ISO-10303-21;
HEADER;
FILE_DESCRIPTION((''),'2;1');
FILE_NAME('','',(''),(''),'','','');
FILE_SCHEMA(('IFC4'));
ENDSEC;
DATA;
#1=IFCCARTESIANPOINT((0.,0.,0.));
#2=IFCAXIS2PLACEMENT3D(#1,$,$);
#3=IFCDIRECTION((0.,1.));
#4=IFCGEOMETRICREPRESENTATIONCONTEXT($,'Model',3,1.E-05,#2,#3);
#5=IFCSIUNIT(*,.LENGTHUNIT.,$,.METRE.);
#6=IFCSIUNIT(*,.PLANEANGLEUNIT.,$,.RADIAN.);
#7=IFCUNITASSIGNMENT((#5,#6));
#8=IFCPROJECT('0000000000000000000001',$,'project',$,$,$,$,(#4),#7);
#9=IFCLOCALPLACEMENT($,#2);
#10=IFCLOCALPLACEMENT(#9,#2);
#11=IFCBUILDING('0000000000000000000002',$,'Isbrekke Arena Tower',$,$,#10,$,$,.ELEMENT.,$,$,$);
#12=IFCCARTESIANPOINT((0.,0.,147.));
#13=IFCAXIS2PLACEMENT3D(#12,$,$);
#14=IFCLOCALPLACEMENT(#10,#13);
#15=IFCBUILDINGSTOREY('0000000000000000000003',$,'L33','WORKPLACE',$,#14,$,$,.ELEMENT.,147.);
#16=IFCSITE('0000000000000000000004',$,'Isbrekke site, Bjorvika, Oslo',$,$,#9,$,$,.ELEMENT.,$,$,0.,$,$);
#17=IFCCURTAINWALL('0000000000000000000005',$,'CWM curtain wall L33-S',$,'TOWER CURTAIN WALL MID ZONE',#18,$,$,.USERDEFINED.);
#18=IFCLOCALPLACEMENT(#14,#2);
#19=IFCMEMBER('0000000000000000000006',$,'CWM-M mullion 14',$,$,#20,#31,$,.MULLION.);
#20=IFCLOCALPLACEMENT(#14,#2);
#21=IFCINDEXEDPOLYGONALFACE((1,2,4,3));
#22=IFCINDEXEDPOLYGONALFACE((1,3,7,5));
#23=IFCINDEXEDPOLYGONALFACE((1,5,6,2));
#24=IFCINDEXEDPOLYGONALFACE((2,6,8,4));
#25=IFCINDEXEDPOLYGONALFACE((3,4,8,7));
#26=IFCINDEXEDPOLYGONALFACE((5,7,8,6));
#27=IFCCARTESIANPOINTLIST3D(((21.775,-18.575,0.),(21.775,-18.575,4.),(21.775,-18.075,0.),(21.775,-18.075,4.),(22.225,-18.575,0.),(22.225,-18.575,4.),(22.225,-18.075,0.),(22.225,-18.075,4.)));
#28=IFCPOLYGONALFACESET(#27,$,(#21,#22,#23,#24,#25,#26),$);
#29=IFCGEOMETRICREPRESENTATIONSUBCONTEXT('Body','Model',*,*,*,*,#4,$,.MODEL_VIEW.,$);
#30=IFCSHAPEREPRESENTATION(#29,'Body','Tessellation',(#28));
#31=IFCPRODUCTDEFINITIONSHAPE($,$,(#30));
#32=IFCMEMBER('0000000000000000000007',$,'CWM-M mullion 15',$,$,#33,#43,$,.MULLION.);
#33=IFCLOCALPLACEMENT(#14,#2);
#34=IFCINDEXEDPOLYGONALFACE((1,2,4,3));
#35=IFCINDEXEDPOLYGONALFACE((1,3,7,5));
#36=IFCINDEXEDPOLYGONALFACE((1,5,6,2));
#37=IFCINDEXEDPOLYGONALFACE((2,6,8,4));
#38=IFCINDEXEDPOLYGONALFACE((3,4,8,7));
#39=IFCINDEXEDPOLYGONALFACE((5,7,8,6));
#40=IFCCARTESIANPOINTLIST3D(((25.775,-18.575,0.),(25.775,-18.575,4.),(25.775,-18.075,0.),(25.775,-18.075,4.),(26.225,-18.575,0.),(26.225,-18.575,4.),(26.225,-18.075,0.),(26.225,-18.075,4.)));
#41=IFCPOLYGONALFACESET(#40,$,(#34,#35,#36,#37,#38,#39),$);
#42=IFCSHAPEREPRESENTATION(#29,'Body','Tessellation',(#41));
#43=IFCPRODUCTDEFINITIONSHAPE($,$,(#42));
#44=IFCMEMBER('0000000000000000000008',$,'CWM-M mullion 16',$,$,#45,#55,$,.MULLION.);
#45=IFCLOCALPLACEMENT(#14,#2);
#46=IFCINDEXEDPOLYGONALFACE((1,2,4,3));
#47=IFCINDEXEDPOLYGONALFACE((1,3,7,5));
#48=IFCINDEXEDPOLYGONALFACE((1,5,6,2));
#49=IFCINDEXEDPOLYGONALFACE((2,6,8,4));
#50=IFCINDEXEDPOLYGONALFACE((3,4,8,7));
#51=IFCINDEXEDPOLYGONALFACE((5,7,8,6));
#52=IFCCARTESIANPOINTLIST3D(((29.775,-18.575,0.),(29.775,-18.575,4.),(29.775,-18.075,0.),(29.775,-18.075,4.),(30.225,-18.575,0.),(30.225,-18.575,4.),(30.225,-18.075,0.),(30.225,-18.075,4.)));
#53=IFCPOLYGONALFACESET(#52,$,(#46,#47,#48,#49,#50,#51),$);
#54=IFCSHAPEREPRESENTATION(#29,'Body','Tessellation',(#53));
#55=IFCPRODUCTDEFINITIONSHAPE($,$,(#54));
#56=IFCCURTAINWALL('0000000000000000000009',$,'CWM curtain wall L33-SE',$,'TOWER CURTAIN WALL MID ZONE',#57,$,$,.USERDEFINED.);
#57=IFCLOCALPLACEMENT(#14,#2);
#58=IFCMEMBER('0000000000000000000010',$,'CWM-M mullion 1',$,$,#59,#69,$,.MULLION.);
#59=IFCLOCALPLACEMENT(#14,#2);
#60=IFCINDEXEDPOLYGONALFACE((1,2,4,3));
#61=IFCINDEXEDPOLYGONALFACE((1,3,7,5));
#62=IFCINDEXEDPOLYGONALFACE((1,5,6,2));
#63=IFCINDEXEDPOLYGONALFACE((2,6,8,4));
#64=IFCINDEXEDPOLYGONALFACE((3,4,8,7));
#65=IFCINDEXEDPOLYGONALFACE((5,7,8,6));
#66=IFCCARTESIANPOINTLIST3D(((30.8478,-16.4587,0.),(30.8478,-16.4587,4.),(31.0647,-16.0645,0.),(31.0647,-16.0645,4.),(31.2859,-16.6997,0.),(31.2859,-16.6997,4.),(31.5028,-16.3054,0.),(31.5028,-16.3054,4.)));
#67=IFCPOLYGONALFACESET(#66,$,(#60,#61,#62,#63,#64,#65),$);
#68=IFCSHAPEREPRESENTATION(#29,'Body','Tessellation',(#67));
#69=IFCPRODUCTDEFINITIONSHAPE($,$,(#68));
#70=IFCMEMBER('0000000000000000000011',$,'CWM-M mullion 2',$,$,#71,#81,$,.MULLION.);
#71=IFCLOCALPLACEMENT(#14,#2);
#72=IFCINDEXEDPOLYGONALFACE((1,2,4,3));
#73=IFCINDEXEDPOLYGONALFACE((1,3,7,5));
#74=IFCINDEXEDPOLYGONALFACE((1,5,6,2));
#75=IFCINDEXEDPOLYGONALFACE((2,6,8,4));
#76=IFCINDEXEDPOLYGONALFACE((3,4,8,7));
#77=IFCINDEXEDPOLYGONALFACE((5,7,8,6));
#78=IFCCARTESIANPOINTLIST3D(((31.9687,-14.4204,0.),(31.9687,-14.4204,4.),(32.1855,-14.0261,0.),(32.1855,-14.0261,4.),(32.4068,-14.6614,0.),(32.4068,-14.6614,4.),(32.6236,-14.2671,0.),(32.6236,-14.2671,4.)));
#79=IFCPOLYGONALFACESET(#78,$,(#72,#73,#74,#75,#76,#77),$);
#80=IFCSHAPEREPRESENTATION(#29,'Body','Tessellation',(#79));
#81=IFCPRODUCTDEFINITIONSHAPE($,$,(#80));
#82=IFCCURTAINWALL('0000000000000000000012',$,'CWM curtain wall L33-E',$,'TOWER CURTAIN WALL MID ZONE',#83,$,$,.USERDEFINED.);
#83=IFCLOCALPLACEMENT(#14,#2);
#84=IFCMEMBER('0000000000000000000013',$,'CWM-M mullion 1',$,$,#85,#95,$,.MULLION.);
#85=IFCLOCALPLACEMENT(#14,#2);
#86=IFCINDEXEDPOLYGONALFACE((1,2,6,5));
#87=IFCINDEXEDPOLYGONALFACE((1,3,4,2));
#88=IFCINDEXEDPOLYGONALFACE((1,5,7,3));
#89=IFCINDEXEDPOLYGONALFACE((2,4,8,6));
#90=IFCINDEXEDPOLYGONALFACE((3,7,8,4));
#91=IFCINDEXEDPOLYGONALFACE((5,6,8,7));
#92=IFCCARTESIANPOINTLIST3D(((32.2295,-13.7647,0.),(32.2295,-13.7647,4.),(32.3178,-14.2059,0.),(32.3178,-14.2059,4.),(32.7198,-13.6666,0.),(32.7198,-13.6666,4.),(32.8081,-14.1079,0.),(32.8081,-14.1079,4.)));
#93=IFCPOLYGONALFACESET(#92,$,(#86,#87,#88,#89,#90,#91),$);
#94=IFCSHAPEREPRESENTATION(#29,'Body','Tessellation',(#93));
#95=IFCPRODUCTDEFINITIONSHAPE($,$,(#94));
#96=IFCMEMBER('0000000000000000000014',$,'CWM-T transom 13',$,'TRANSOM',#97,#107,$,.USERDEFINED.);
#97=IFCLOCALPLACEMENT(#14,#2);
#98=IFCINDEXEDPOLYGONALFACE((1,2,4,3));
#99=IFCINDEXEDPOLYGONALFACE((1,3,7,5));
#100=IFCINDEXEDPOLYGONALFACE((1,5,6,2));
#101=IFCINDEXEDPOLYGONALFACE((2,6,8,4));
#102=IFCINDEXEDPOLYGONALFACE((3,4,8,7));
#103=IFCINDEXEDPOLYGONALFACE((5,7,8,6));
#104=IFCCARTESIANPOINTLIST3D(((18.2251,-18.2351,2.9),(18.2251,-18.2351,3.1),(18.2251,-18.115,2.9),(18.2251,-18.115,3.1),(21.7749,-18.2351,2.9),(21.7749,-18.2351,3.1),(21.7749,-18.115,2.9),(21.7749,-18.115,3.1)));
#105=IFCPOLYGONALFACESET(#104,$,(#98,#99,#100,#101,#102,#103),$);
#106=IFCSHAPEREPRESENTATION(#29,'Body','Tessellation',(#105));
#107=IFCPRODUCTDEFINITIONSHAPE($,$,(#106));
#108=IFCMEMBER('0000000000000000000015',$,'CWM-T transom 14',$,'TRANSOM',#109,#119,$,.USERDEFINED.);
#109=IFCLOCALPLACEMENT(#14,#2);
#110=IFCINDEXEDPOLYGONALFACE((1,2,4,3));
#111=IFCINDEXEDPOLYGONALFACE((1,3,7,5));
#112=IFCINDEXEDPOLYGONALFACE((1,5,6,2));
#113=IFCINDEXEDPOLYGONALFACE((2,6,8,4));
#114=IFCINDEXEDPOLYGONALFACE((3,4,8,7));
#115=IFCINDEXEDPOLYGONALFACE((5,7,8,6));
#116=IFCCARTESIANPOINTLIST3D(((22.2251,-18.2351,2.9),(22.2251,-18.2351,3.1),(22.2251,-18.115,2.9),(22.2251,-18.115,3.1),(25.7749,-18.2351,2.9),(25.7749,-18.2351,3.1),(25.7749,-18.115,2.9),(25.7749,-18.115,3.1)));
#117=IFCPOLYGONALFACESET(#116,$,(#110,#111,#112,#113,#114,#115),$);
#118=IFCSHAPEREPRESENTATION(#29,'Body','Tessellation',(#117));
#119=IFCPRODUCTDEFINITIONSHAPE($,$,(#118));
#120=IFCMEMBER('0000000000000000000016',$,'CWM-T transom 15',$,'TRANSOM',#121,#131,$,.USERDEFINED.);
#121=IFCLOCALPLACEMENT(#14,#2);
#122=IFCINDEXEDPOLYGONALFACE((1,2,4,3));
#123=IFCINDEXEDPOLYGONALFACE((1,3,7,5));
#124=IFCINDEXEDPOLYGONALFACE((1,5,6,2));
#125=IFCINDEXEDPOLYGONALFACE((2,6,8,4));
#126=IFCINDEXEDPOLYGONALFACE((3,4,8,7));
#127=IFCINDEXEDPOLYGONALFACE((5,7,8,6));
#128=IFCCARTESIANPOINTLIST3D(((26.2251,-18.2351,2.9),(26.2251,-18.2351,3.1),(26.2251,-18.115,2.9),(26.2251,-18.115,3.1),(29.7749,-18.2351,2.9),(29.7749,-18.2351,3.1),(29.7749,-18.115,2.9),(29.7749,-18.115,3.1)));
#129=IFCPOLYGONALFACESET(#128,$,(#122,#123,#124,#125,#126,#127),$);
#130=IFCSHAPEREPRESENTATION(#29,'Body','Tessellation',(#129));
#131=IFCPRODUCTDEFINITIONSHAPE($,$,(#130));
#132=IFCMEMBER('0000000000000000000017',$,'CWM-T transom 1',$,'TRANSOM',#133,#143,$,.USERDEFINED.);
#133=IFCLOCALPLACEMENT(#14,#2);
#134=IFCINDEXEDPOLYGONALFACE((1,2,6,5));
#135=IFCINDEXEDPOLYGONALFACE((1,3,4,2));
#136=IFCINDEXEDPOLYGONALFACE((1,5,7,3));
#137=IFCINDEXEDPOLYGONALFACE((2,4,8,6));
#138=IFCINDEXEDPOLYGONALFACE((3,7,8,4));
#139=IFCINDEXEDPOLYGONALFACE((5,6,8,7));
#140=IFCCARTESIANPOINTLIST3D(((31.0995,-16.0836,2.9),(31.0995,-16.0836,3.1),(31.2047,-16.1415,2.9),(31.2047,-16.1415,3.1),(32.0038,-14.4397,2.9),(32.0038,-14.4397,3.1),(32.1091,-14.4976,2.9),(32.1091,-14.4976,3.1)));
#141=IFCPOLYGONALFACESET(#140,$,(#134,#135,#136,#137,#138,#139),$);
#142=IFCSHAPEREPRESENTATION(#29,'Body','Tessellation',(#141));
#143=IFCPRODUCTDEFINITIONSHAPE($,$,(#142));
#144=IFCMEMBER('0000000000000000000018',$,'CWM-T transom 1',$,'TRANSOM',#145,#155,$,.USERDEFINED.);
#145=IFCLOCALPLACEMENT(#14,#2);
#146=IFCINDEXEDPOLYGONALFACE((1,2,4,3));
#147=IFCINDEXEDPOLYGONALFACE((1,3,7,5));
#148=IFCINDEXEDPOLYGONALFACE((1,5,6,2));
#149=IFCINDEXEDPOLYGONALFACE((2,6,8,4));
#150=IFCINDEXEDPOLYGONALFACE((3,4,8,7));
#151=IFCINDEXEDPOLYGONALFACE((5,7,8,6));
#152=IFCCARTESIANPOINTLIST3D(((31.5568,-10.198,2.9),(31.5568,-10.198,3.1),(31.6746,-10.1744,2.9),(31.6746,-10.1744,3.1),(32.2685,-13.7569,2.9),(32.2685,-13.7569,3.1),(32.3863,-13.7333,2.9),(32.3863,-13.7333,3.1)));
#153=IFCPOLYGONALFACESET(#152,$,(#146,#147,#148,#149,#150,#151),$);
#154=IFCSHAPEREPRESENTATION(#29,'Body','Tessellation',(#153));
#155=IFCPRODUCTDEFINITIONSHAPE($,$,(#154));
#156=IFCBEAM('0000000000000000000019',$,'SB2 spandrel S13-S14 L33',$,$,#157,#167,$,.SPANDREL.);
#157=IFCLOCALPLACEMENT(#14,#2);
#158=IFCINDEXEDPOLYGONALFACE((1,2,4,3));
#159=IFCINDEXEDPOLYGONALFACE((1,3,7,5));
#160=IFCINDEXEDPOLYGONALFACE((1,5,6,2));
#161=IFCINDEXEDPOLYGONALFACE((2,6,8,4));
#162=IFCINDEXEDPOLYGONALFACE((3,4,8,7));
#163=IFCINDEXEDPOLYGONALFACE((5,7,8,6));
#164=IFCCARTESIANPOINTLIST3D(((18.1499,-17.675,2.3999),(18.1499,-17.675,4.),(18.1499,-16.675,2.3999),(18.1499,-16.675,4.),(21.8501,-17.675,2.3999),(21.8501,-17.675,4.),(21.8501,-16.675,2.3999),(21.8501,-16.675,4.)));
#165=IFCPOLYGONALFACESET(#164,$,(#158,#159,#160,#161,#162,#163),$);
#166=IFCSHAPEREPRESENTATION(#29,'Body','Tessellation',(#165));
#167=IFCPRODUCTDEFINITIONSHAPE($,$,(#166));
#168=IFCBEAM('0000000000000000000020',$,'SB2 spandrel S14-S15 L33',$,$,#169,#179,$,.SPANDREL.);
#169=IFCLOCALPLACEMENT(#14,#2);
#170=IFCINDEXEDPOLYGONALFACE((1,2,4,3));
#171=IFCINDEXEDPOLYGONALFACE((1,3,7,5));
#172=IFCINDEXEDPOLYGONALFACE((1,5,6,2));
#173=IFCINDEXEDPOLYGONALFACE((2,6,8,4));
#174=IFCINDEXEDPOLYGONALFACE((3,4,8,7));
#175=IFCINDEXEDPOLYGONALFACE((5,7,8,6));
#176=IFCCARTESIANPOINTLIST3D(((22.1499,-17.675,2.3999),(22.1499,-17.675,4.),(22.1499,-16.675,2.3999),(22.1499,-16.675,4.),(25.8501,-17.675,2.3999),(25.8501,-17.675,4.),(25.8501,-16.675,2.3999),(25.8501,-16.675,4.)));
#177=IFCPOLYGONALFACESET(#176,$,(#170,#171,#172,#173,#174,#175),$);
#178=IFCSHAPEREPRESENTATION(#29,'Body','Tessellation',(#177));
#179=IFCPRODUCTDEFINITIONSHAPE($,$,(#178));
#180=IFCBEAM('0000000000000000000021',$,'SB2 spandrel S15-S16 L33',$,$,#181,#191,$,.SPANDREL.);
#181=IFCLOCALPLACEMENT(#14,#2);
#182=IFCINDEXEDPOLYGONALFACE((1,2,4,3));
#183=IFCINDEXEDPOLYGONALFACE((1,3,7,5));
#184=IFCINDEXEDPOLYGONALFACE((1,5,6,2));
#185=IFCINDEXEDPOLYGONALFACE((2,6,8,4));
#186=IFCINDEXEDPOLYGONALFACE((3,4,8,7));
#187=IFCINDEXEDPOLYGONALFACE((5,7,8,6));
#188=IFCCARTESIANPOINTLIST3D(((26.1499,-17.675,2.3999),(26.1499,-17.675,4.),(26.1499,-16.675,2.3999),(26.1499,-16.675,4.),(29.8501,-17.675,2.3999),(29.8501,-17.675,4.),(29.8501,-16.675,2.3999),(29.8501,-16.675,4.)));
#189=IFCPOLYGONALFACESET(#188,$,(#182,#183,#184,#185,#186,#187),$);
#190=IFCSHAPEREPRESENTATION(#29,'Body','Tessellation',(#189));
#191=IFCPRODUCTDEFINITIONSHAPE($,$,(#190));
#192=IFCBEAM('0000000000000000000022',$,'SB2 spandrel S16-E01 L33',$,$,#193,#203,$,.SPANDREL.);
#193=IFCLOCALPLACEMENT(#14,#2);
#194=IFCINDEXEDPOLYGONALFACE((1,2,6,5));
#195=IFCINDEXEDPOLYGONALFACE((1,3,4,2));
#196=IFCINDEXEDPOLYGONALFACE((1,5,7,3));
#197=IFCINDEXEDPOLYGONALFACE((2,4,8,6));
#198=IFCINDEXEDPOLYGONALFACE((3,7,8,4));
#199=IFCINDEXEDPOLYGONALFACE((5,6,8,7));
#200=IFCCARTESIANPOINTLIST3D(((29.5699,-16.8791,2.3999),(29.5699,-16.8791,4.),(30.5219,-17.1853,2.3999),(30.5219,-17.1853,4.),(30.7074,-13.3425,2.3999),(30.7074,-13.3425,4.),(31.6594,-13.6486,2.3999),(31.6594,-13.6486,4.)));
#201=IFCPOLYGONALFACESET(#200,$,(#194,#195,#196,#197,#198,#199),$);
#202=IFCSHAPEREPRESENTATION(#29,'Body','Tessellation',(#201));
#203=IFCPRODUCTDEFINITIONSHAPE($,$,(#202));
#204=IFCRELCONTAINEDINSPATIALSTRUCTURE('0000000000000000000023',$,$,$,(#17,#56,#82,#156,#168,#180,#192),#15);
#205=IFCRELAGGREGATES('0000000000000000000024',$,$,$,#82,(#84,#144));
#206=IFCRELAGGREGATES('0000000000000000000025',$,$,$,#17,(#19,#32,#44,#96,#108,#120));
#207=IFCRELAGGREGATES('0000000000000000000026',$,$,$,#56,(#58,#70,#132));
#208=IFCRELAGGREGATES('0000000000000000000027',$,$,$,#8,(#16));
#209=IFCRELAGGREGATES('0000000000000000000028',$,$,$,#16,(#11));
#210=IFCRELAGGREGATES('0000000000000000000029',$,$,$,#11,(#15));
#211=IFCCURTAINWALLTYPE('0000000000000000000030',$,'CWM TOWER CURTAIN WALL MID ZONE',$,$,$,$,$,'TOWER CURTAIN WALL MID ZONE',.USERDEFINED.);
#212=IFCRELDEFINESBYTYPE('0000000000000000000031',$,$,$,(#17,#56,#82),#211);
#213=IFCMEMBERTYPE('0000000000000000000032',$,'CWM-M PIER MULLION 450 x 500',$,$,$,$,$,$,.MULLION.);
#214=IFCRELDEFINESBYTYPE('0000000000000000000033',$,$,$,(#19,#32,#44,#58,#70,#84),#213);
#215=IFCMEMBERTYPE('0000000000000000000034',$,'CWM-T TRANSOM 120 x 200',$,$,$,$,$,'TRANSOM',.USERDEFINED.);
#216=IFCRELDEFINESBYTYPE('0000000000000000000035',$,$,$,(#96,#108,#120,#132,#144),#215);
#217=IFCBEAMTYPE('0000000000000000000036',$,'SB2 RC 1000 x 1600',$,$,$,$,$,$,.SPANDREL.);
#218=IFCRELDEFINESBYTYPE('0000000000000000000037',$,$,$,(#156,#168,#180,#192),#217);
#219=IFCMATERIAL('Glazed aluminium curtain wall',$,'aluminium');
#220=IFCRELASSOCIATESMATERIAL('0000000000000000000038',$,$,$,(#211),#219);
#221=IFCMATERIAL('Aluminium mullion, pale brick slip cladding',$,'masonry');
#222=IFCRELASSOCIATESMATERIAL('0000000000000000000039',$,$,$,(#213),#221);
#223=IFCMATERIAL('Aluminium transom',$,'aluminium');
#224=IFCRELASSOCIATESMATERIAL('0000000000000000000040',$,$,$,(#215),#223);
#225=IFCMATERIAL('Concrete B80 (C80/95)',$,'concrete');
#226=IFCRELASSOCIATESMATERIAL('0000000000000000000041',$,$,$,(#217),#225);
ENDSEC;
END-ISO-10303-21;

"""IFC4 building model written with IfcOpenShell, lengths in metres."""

from ifc_helpers import new_model, si_unit, direction, frame, origin, origin_2d, place, context, subcontext, project, spatial, rectangle, extrude, material, material_profile, profile_set, type_object, element, aggregate, save


model = new_model("IFC4")

# Units and contexts
model_context = context("Model", 3, precision=1e-05, world=origin(), true_north=direction((0.0, 1.0)))
body_context = subcontext(model_context, "Body", "Model", "MODEL_VIEW")
ifc_project = project(units=[si_unit("LENGTHUNIT", "METRE"), si_unit("PLANEANGLEUNIT", "RADIAN")], contexts=[model_context])

# Site, building, storey
site_placement = place(None, origin())
site = spatial("IfcSite", under=ifc_project, at=site_placement, Name="Isbrekke site, Bjorvika, Oslo", CompositionType="ELEMENT", RefElevation=0.0)
building_placement = place(site_placement, origin())
building = spatial("IfcBuilding", under=site, at=building_placement, Name="Isbrekke Arena Tower", CompositionType="ELEMENT")
storey_placement = place(building_placement, frame((0.0, 0.0, 147.0)))
storey = spatial("IfcBuildingStorey", under=building, at=storey_placement, Name="L33", Description="WORKPLACE", CompositionType="ELEMENT", Elevation=147.0)

# Curtain walls, members
ifc_material_1 = material(Name="Glazed aluminium curtain wall", Category="aluminium")
curtain_wall_type = type_object("IfcCurtainWallType", Name="CWM TOWER CURTAIN WALL MID ZONE", ElementType="TOWER CURTAIN WALL MID ZONE", PredefinedType="USERDEFINED", material=ifc_material_1)
curtain_wall_1_placement = place(storey_placement, origin())
curtain_wall_1 = element("IfcCurtainWall", 1, at=curtain_wall_1_placement, inside=storey, type_object=curtain_wall_type, Name="CWM curtain wall L33-S", ObjectType="TOWER CURTAIN WALL MID ZONE", PredefinedType="USERDEFINED")
ifc_material_2 = material(Name="Aluminium mullion, pale brick slip cladding", Category="masonry")
ifc_material_profile_1 = material_profile(ifc_material_2, rectangle(XDim=0.45, YDim=0.5, at=origin_2d()), Name="PIER 450X500")
ifc_profile_set_1 = profile_set([ifc_material_profile_1], Name="Aluminium mullion, pale brick slip cladding")
member_type_1 = type_object("IfcMemberType", Name="CWM-M PIER MULLION 450 x 500", PredefinedType="MULLION", material=ifc_profile_set_1)
member_1_placement = place(storey_placement, frame((22.0, -18.325, 0.0), z_axis=(0.0, 0.0, 1.0), x_axis=(1.0, 0.0, 0.0)))
member_1 = element("IfcMember", 2, at=member_1_placement, type_object=member_type_1, Name="CWM-M mullion 14", PredefinedType="MULLION", context=body_context, shape_type="SweptSolid", body=[
    extrude(rectangle(XDim=0.45, YDim=0.5, at=origin_2d()), origin(), (0.0, 0.0, 1.0), 4.0),
])
member_2_placement = place(storey_placement, frame((26.0, -18.325, 0.0), z_axis=(0.0, 0.0, 1.0), x_axis=(1.0, 0.0, 0.0)))
member_2 = element("IfcMember", 3, at=member_2_placement, type_object=member_type_1, Name="CWM-M mullion 15", PredefinedType="MULLION", context=body_context, shape_type="SweptSolid", body=[
    extrude(rectangle(XDim=0.45, YDim=0.5, at=origin_2d()), origin(), (0.0, 0.0, 1.0), 4.0),
])
member_3_placement = place(storey_placement, frame((30.0, -18.325, 0.0), z_axis=(0.0, 0.0, 1.0), x_axis=(1.0, 0.0, 0.0)))
member_3 = element("IfcMember", 4, at=member_3_placement, type_object=member_type_1, Name="CWM-M mullion 16", PredefinedType="MULLION", context=body_context, shape_type="SweptSolid", body=[
    extrude(rectangle(XDim=0.45, YDim=0.5, at=origin_2d()), origin(), (0.0, 0.0, 1.0), 4.0),
])
curtain_wall_2_placement = place(storey_placement, origin())
curtain_wall_2 = element("IfcCurtainWall", 5, at=curtain_wall_2_placement, inside=storey, type_object=curtain_wall_type, Name="CWM curtain wall L33-SE", ObjectType="TOWER CURTAIN WALL MID ZONE", PredefinedType="USERDEFINED")
member_4_placement = place(storey_placement, frame((31.1753, -16.3821, 0.0), z_axis=(0.0, 0.0, 1.0), x_axis=(0.481919, 0.876216, 0.0)))
member_4 = element("IfcMember", 6, at=member_4_placement, type_object=member_type_1, Name="CWM-M mullion 1", PredefinedType="MULLION", context=body_context, shape_type="SweptSolid", body=[
    extrude(rectangle(XDim=0.45, YDim=0.5, at=origin_2d()), origin(), (0.0, 0.0, 1.0), 4.0),
])
member_5_placement = place(storey_placement, frame((32.2961, -14.3438, 0.0), z_axis=(0.0, 0.0, 1.0), x_axis=(0.481919, 0.876216, 0.0)))
member_5 = element("IfcMember", 7, at=member_5_placement, type_object=member_type_1, Name="CWM-M mullion 2", PredefinedType="MULLION", context=body_context, shape_type="SweptSolid", body=[
    extrude(rectangle(XDim=0.45, YDim=0.5, at=origin_2d()), origin(), (0.0, 0.0, 1.0), 4.0),
])

# Curtain wall, member
curtain_wall_3_placement = place(storey_placement, origin())
curtain_wall_3 = element("IfcCurtainWall", 8, at=curtain_wall_3_placement, inside=storey, type_object=curtain_wall_type, Name="CWM curtain wall L33-E", ObjectType="TOWER CURTAIN WALL MID ZONE", PredefinedType="USERDEFINED")
member_6_placement = place(storey_placement, frame((32.5188, -13.9363, 0.0), z_axis=(0.0, 0.0, 1.0), x_axis=(-0.196116, 0.980581, 0.0)))
member_6 = element("IfcMember", 9, at=member_6_placement, type_object=member_type_1, Name="CWM-M mullion 1", PredefinedType="MULLION", context=body_context, shape_type="SweptSolid", body=[
    extrude(rectangle(XDim=0.45, YDim=0.5, at=origin_2d()), origin(), (0.0, 0.0, 1.0), 4.0),
])

# Members
ifc_material_3 = material(Name="Aluminium transom", Category="aluminium")
ifc_material_profile_2 = material_profile(ifc_material_3, rectangle(XDim=0.1201, YDim=0.2, at=origin_2d()), Name="TRANSOM 120X200")
ifc_profile_set_2 = profile_set([ifc_material_profile_2], Name="Aluminium transom")
member_type_2 = type_object("IfcMemberType", Name="CWM-T TRANSOM 120 x 200", ElementType="TRANSOM", PredefinedType="USERDEFINED", material=ifc_profile_set_2)
member_7_placement = place(storey_placement, frame((18.2251, -18.175, 3.0), z_axis=(1.0, 0.0, 0.0), x_axis=(0.0, 1.0, 0.0)))
member_7 = element("IfcMember", 10, at=member_7_placement, type_object=member_type_2, Name="CWM-T transom 13", ObjectType="TRANSOM", PredefinedType="USERDEFINED", context=body_context, shape_type="SweptSolid", body=[
    extrude(rectangle(XDim=0.1201, YDim=0.2, at=origin_2d()), origin(), (0.0, 0.0, 1.0), 3.5498),
])
member_8_placement = place(storey_placement, frame((22.2251, -18.175, 3.0), z_axis=(1.0, 0.0, 0.0), x_axis=(0.0, 1.0, 0.0)))
member_8 = element("IfcMember", 11, at=member_8_placement, type_object=member_type_2, Name="CWM-T transom 14", ObjectType="TRANSOM", PredefinedType="USERDEFINED", context=body_context, shape_type="SweptSolid", body=[
    extrude(rectangle(XDim=0.1201, YDim=0.2, at=origin_2d()), origin(), (0.0, 0.0, 1.0), 3.5498),
])
member_9_placement = place(storey_placement, frame((26.2251, -18.175, 3.0), z_axis=(1.0, 0.0, 0.0), x_axis=(0.0, 1.0, 0.0)))
member_9 = element("IfcMember", 12, at=member_9_placement, type_object=member_type_2, Name="CWM-T transom 15", ObjectType="TRANSOM", PredefinedType="USERDEFINED", context=body_context, shape_type="SweptSolid", body=[
    extrude(rectangle(XDim=0.1201, YDim=0.2, at=origin_2d()), origin(), (0.0, 0.0, 1.0), 3.5498),
])
member_10_placement = place(storey_placement, frame((31.1521, -16.1125, 3.0), z_axis=(0.482004, 0.876169, 0.0), x_axis=(-0.876169, 0.482004, 0.0)))
member_10 = element("IfcMember", 13, at=member_10_placement, type_object=member_type_2, Name="CWM-T transom 1", ObjectType="TRANSOM", PredefinedType="USERDEFINED", context=body_context, shape_type="SweptSolid", body=[
    extrude(rectangle(XDim=0.1201, YDim=0.2, at=origin_2d()), origin(), (0.0, 0.0, 1.0), 1.8762),
])
member_11_placement = place(storey_placement, frame((32.3274, -13.7451, 3.0), z_axis=(-0.19609, 0.980586, 0.0), x_axis=(-0.980586, -0.19609, 0.0)))
member_11 = element("IfcMember", 14, at=member_11_placement, type_object=member_type_2, Name="CWM-T transom 1", ObjectType="TRANSOM", PredefinedType="USERDEFINED", context=body_context, shape_type="SweptSolid", body=[
    extrude(rectangle(XDim=0.1201, YDim=0.2, at=origin_2d()), origin(), (0.0, 0.0, 1.0), 3.6294),
])
aggregate(curtain_wall_3, [member_6, member_11])

# Beams
ifc_material_4 = material(Name="Concrete B80 (C80/95)", Category="concrete")
ifc_material_profile_3 = material_profile(ifc_material_4, rectangle(XDim=1.0, YDim=1.6001, at=origin_2d()), Name="RC 1000x1600")
ifc_profile_set_3 = profile_set([ifc_material_profile_3], Name="Concrete B80 (C80/95)")
beam_type_1 = type_object("IfcBeamType", Name="SB2 RC 1000 x 1600", PredefinedType="SPANDREL", material=ifc_profile_set_3)
for number, where, z_axis, x_axis, name in (
    (15, (18.1499, -17.175, 3.2), (1.0, 0.0, 0.0), (0.0, 1.0, 0.0), "SB2 spandrel S13-S14 L33"),
    (16, (22.1499, -17.175, 3.2), (1.0, 0.0, 0.0), (0.0, 1.0, 0.0), "SB2 spandrel S14-S15 L33"),
    (17, (26.1499, -17.175, 3.2), (1.0, 0.0, 0.0), (0.0, 1.0, 0.0), "SB2 spandrel S15-S16 L33"),
):
    element("IfcBeam", number, at=place(storey_placement, frame(where, z_axis=z_axis, x_axis=x_axis)), inside=storey, type_object=beam_type_1, Name=name, PredefinedType="SPANDREL", context=body_context, shape_type="SweptSolid", body=[
        extrude(rectangle(XDim=1.0, YDim=1.6001, at=origin_2d()), origin(), (0.0, 0.0, 1.0), 3.7002),
    ])
beam_1_placement = place(storey_placement, frame((30.0459, -17.0322, 3.2), z_axis=(0.306175, 0.951975, 0.0), x_axis=(-0.951975, 0.306175, 0.0)))
element("IfcBeam", 18, at=beam_1_placement, inside=storey, type_object=beam_type_1, Name="SB2 spandrel S16-E01 L33", PredefinedType="SPANDREL", context=body_context, shape_type="SweptSolid", body=[
    extrude(rectangle(XDim=1.0, YDim=1.6001, at=origin_2d()), origin(), (0.0, 0.0, 1.0), 3.7151),
])

aggregate(curtain_wall_1, [member_1, member_2, member_3, member_7, member_8, member_9])
aggregate(curtain_wall_2, [member_4, member_5, member_10])

save(model, "model.ifc")
